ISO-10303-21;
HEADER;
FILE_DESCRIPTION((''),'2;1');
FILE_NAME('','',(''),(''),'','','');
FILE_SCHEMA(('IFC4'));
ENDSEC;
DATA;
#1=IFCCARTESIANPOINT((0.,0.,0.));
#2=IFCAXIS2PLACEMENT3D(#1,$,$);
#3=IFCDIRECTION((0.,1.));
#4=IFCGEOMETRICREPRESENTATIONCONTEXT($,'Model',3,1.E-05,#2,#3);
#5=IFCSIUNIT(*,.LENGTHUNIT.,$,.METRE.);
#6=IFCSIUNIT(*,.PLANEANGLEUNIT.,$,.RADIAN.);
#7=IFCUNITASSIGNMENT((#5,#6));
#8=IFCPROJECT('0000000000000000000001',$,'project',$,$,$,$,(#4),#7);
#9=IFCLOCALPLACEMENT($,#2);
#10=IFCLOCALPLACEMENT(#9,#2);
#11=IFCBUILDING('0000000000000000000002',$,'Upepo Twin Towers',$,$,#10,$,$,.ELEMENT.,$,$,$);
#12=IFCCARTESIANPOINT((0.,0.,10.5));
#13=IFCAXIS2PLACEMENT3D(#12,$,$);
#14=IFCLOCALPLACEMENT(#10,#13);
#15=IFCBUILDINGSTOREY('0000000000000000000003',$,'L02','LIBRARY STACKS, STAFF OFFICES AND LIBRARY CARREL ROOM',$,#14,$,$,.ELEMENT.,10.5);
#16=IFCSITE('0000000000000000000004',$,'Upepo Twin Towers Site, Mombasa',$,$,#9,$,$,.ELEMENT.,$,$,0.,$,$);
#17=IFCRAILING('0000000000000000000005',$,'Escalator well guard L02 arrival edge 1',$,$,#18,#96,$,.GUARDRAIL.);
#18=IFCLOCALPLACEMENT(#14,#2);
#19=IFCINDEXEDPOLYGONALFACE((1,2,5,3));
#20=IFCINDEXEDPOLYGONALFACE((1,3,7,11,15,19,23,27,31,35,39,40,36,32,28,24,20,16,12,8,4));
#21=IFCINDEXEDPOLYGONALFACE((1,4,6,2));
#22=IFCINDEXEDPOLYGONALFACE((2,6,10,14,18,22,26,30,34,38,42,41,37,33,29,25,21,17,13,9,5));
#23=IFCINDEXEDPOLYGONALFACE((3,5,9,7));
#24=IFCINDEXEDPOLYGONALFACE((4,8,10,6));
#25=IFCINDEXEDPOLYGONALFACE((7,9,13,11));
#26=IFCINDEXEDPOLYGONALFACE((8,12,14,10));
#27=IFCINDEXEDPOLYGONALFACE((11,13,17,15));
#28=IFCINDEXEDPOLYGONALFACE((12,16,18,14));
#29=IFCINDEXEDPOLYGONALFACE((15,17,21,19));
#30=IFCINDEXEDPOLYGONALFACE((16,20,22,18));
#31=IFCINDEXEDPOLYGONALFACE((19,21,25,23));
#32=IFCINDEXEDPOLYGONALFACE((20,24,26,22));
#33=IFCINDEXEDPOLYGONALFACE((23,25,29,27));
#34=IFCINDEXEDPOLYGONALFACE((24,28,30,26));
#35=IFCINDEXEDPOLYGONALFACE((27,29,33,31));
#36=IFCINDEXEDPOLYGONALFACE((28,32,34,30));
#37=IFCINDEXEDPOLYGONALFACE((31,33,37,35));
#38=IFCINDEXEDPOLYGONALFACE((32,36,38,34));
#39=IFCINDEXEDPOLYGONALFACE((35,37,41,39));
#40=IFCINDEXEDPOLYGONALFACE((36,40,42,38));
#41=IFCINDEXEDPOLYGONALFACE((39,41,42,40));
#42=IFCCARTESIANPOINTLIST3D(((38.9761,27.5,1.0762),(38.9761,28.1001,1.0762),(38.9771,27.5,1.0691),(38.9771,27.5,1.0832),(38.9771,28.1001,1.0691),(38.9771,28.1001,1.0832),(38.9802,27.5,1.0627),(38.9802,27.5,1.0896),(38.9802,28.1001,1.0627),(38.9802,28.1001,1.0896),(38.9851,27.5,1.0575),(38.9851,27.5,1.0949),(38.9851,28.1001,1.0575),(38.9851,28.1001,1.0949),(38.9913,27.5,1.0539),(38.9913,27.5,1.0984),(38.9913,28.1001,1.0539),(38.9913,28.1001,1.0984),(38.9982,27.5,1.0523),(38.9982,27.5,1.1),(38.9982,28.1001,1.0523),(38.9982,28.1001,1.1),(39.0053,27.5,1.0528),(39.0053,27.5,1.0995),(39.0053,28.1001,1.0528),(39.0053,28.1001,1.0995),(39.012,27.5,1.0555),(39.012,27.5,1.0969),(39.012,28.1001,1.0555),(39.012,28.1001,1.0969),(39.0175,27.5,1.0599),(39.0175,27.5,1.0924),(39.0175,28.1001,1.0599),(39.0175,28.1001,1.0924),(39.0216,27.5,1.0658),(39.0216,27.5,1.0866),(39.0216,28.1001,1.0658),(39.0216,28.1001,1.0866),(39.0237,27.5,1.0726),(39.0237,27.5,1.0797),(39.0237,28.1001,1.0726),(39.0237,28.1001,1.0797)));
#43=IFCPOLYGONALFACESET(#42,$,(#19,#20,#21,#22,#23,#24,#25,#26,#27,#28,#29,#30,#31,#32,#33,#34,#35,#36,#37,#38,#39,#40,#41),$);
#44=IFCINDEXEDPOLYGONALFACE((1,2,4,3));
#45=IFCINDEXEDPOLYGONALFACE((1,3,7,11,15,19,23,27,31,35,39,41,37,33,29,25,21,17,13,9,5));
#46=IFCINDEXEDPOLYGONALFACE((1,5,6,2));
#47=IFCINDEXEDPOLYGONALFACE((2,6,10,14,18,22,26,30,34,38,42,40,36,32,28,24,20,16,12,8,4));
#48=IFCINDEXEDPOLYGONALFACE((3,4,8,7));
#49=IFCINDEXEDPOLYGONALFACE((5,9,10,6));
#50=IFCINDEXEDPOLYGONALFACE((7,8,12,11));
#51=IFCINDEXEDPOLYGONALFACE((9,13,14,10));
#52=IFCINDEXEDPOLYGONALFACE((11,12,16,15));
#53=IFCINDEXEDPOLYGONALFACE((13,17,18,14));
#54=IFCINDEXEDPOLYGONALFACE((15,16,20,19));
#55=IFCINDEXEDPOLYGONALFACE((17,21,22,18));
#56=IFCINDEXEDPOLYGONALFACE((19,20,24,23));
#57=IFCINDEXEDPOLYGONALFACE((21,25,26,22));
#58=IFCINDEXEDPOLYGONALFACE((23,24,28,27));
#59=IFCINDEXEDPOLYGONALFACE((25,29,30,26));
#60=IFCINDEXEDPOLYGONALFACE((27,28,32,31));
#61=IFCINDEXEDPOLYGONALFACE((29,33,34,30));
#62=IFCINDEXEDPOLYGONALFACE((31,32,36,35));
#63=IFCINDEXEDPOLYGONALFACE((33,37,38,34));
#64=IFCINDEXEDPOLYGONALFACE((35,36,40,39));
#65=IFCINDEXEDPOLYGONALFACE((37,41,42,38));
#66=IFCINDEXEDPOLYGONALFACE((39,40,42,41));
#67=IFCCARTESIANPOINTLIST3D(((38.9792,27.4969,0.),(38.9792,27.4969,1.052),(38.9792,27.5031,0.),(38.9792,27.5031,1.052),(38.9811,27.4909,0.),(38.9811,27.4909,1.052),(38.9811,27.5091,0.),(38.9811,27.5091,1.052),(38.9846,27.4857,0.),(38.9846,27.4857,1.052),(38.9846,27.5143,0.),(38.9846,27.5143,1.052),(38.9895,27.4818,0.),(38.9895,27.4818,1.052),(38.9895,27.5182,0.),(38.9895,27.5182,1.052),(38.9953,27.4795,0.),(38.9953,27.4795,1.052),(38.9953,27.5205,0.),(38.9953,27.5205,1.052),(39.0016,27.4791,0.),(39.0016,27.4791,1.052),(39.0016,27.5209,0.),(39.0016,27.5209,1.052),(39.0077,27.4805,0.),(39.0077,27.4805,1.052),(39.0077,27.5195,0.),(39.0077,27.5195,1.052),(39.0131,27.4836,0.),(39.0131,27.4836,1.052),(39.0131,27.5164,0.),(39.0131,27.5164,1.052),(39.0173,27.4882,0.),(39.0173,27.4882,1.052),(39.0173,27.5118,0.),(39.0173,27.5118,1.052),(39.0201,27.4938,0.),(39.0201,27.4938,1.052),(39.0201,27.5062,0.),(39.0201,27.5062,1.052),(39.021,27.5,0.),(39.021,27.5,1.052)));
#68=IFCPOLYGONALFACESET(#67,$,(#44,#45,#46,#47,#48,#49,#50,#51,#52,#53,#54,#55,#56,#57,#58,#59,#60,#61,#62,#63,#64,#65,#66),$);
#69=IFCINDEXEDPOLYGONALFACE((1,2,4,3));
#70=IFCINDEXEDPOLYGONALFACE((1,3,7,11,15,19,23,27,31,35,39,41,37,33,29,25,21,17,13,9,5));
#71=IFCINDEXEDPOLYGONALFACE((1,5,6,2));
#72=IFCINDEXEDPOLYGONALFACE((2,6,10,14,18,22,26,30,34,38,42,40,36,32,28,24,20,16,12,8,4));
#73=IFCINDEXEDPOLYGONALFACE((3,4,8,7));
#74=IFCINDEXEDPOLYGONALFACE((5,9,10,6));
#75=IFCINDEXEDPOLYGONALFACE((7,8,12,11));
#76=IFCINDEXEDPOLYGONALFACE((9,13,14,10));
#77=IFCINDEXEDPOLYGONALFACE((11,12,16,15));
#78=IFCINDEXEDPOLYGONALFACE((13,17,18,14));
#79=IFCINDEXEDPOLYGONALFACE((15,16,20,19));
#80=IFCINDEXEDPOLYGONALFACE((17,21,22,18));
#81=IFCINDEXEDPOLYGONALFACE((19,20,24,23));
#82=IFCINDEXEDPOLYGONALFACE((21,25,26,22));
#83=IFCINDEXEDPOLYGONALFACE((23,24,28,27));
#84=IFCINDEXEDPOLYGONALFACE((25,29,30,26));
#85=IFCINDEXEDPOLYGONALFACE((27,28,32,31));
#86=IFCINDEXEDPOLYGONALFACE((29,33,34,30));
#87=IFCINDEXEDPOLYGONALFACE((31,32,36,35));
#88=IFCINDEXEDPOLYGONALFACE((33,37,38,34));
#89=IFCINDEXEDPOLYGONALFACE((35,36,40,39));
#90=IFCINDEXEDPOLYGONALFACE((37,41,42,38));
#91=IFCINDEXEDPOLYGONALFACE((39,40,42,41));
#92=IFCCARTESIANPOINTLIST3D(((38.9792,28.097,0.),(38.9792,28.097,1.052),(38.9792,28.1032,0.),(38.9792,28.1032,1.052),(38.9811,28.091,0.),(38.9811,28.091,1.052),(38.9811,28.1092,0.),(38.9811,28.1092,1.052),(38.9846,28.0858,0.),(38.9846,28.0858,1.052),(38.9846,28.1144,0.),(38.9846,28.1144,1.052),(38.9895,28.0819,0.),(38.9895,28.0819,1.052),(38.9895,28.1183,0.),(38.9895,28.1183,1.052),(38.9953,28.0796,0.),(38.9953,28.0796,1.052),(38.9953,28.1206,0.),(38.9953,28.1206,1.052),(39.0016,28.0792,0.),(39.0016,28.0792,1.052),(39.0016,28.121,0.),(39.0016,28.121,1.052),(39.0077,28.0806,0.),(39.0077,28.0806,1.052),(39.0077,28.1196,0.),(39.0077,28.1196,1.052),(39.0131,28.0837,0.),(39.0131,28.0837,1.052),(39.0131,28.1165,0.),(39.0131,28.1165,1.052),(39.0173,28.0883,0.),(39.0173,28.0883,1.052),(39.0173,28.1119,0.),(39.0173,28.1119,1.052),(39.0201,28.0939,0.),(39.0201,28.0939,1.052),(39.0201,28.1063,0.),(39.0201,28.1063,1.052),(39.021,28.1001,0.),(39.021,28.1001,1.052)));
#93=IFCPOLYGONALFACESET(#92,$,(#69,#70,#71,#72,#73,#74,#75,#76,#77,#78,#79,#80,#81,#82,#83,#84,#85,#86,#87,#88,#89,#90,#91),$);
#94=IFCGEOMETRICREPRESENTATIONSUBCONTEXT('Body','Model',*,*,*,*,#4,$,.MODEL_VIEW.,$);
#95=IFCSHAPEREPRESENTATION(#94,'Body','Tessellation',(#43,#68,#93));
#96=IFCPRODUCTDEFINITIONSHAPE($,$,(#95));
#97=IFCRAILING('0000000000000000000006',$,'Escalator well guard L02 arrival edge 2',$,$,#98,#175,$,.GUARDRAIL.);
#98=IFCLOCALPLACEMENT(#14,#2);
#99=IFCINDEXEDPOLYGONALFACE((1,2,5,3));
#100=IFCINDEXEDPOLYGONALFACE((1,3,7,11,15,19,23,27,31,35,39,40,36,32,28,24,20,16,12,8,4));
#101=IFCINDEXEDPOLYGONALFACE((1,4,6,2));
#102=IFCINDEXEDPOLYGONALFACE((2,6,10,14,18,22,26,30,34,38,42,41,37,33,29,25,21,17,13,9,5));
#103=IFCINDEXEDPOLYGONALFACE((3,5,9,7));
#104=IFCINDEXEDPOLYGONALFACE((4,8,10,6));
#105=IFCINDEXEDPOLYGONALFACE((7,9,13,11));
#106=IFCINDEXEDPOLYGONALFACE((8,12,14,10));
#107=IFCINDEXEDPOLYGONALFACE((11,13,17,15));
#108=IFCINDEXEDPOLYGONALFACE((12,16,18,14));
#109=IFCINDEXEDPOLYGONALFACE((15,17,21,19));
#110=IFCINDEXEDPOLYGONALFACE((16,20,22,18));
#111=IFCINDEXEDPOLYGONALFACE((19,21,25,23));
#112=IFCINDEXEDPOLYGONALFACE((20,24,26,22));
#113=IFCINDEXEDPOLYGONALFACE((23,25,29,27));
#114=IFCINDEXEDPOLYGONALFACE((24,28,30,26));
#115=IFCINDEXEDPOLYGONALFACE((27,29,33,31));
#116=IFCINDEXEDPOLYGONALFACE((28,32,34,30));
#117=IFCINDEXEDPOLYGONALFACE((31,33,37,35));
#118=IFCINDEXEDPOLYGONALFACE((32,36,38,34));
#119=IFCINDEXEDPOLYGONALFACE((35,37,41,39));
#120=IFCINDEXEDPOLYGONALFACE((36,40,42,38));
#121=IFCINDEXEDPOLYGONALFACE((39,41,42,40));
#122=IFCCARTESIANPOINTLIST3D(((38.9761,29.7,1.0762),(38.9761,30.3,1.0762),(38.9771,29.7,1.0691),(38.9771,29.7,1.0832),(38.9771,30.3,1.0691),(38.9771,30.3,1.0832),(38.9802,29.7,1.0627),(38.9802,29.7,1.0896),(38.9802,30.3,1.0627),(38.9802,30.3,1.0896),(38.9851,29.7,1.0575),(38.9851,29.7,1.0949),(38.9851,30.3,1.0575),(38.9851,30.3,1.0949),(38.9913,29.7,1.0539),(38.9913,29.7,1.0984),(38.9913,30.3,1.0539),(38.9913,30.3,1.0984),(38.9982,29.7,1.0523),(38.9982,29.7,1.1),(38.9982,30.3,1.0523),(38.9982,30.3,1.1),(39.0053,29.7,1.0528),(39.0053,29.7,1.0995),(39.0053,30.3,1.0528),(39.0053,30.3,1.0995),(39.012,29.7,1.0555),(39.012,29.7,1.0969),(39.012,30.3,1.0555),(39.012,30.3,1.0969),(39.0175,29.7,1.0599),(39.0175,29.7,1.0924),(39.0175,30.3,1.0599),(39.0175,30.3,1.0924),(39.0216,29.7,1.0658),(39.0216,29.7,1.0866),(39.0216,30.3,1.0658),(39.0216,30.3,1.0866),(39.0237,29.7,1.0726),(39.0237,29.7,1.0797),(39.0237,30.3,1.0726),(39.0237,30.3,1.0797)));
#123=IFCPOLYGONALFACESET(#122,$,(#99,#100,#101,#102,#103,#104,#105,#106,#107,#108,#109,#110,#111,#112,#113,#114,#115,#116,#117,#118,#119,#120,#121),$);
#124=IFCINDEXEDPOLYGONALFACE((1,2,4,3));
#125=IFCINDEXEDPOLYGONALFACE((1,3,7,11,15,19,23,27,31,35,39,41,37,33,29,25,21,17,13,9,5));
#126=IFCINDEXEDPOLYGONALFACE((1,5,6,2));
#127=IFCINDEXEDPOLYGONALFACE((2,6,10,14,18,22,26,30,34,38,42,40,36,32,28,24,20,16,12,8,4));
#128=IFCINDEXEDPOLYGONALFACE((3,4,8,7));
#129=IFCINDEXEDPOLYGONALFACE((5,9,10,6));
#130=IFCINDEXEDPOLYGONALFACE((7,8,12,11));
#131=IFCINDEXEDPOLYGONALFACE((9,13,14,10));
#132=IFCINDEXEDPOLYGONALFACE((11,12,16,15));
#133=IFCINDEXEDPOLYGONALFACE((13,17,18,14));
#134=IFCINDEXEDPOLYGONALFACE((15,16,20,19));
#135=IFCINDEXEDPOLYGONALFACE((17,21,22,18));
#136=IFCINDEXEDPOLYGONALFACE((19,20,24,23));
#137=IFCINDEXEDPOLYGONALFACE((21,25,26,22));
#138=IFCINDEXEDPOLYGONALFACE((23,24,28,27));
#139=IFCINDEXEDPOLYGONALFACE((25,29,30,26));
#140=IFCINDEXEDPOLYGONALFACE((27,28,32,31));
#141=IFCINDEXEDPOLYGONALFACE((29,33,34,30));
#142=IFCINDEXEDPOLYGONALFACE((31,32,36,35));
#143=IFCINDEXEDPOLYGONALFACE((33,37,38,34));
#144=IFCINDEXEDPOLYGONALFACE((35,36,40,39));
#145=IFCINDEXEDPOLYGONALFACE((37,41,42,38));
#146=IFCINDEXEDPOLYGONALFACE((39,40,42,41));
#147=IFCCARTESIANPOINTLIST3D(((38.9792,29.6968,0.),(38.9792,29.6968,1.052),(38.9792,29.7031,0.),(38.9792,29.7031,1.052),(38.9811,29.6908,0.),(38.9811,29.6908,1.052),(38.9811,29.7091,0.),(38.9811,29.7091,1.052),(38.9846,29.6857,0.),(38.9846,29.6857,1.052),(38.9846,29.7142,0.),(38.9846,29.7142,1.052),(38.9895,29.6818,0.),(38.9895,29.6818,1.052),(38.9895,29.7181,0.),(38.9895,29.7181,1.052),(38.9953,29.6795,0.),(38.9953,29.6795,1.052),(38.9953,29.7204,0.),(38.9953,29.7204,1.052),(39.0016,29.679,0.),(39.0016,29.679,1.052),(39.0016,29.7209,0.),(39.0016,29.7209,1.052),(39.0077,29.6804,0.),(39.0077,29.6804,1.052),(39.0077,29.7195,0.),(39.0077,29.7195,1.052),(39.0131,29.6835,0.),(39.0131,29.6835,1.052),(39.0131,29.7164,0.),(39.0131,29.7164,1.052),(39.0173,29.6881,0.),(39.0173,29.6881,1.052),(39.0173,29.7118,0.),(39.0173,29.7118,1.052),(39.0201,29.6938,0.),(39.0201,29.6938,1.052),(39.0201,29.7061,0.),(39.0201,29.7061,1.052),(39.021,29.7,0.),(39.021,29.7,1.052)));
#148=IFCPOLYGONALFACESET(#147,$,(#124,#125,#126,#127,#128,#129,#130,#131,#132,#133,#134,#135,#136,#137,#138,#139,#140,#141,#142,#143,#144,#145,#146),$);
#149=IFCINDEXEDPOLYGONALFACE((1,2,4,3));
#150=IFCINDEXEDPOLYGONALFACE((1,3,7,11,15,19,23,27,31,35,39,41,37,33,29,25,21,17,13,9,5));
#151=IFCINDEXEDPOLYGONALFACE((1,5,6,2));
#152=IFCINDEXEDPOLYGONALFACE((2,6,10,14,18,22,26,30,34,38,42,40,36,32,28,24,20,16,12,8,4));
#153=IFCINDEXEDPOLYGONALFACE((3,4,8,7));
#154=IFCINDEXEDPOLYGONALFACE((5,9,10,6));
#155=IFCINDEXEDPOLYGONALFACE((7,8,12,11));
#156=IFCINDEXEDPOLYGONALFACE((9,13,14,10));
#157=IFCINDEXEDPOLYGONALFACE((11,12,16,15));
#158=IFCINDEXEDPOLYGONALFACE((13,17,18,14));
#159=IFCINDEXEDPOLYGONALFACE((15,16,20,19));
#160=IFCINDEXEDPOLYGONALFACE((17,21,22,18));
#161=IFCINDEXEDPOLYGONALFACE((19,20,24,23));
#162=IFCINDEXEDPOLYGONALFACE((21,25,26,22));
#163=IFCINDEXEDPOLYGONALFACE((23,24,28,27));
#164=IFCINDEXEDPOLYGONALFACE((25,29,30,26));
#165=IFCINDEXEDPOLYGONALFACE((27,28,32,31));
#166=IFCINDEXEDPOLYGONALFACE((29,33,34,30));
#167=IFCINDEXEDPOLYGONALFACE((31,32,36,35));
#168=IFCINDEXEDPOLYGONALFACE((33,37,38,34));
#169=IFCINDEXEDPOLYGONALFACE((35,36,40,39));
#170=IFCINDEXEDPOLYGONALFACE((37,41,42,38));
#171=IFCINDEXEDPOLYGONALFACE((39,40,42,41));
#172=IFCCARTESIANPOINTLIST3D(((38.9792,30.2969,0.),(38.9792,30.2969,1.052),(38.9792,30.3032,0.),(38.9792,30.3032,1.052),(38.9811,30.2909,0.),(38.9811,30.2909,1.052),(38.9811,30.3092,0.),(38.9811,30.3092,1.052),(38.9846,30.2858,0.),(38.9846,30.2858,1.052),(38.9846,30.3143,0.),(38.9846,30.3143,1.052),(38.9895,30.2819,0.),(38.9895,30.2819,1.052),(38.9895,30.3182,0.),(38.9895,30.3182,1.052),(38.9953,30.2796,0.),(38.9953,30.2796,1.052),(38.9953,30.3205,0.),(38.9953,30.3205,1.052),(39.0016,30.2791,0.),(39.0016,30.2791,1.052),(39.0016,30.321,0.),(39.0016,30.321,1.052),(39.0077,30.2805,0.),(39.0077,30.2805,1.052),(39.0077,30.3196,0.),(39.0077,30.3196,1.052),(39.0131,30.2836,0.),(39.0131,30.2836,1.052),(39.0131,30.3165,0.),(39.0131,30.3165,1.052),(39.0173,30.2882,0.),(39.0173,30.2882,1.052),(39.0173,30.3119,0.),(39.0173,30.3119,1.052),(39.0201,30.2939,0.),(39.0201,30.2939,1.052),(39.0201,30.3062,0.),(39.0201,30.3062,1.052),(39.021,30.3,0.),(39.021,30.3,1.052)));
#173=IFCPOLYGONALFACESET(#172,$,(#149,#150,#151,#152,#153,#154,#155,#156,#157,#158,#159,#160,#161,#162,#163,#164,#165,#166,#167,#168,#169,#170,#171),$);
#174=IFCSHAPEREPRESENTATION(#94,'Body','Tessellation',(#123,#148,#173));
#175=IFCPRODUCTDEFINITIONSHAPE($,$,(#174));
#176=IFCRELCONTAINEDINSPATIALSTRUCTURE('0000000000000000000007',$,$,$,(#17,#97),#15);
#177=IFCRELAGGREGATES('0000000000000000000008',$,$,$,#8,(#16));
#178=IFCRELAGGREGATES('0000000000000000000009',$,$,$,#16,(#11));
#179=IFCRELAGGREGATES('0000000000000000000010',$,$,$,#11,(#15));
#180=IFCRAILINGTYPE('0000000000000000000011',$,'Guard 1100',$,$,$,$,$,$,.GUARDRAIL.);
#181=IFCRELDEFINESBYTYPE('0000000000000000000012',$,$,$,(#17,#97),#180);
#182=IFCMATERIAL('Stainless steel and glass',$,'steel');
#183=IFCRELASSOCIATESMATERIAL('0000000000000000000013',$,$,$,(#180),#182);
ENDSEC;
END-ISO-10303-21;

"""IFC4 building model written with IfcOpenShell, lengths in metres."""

from ifc_helpers import new_model, si_unit, direction, frame, origin, origin_2d, place, context, subcontext, project, spatial, circle, extrude, material, type_object, element, save


model = new_model("IFC4")

# Units and contexts
model_context = context("Model", 3, precision=1e-05, world=origin(), true_north=direction((0.0, 1.0)))
body_context = subcontext(model_context, "Body", "Model", "MODEL_VIEW")
ifc_project = project(units=[si_unit("LENGTHUNIT", "METRE"), si_unit("PLANEANGLEUNIT", "RADIAN")], contexts=[model_context])

# Site, building, storey
site_placement = place(None, origin())
site = spatial("IfcSite", under=ifc_project, at=site_placement, Name="Upepo Twin Towers Site, Mombasa", CompositionType="ELEMENT", RefElevation=0.0)
building_placement = place(site_placement, origin())
building = spatial("IfcBuilding", under=site, at=building_placement, Name="Upepo Twin Towers", CompositionType="ELEMENT")
storey_placement = place(building_placement, frame((0.0, 0.0, 10.5)))
storey = spatial("IfcBuildingStorey", under=building, at=storey_placement, Name="L02", Description="LIBRARY STACKS, STAFF OFFICES AND LIBRARY CARREL ROOM", CompositionType="ELEMENT", Elevation=10.5)

# Railings
ifc_material_1 = material(Name="Stainless steel and glass", Category="steel")
railing_type = type_object("IfcRailingType", Name="Guard 1100", PredefinedType="GUARDRAIL", material=ifc_material_1)
for number, where, name in (
    (1, (39.0, 27.5, 0.0), "Escalator well guard L02 arrival edge 1"),
    (2, (39.0, 29.7, 0.0), "Escalator well guard L02 arrival edge 2"),
):
    element("IfcRailing", number, at=place(storey_placement, frame(where)), inside=storey, type_object=railing_type, Name=name, PredefinedType="GUARDRAIL", context=body_context, shape_type="SweptSolid", body=[
        extrude(circle(Radius=0.0239, at=origin_2d()), frame((0.0, 0.0, 1.0762), z_axis=(0.0, 1.0, 0.0), x_axis=(-1.0, 0.0, 0.0)), (0.0, 0.0, 1.0), 0.6001),
        extrude(circle(Radius=0.021, at=origin_2d()), origin(), (0.0, 0.0, 1.0), 1.052),
        extrude(circle(Radius=0.021, at=origin_2d()), frame((0.0, 0.6001, 0.0)), (0.0, 0.0, 1.0), 1.052),
    ])

save(model, "model.ifc")
